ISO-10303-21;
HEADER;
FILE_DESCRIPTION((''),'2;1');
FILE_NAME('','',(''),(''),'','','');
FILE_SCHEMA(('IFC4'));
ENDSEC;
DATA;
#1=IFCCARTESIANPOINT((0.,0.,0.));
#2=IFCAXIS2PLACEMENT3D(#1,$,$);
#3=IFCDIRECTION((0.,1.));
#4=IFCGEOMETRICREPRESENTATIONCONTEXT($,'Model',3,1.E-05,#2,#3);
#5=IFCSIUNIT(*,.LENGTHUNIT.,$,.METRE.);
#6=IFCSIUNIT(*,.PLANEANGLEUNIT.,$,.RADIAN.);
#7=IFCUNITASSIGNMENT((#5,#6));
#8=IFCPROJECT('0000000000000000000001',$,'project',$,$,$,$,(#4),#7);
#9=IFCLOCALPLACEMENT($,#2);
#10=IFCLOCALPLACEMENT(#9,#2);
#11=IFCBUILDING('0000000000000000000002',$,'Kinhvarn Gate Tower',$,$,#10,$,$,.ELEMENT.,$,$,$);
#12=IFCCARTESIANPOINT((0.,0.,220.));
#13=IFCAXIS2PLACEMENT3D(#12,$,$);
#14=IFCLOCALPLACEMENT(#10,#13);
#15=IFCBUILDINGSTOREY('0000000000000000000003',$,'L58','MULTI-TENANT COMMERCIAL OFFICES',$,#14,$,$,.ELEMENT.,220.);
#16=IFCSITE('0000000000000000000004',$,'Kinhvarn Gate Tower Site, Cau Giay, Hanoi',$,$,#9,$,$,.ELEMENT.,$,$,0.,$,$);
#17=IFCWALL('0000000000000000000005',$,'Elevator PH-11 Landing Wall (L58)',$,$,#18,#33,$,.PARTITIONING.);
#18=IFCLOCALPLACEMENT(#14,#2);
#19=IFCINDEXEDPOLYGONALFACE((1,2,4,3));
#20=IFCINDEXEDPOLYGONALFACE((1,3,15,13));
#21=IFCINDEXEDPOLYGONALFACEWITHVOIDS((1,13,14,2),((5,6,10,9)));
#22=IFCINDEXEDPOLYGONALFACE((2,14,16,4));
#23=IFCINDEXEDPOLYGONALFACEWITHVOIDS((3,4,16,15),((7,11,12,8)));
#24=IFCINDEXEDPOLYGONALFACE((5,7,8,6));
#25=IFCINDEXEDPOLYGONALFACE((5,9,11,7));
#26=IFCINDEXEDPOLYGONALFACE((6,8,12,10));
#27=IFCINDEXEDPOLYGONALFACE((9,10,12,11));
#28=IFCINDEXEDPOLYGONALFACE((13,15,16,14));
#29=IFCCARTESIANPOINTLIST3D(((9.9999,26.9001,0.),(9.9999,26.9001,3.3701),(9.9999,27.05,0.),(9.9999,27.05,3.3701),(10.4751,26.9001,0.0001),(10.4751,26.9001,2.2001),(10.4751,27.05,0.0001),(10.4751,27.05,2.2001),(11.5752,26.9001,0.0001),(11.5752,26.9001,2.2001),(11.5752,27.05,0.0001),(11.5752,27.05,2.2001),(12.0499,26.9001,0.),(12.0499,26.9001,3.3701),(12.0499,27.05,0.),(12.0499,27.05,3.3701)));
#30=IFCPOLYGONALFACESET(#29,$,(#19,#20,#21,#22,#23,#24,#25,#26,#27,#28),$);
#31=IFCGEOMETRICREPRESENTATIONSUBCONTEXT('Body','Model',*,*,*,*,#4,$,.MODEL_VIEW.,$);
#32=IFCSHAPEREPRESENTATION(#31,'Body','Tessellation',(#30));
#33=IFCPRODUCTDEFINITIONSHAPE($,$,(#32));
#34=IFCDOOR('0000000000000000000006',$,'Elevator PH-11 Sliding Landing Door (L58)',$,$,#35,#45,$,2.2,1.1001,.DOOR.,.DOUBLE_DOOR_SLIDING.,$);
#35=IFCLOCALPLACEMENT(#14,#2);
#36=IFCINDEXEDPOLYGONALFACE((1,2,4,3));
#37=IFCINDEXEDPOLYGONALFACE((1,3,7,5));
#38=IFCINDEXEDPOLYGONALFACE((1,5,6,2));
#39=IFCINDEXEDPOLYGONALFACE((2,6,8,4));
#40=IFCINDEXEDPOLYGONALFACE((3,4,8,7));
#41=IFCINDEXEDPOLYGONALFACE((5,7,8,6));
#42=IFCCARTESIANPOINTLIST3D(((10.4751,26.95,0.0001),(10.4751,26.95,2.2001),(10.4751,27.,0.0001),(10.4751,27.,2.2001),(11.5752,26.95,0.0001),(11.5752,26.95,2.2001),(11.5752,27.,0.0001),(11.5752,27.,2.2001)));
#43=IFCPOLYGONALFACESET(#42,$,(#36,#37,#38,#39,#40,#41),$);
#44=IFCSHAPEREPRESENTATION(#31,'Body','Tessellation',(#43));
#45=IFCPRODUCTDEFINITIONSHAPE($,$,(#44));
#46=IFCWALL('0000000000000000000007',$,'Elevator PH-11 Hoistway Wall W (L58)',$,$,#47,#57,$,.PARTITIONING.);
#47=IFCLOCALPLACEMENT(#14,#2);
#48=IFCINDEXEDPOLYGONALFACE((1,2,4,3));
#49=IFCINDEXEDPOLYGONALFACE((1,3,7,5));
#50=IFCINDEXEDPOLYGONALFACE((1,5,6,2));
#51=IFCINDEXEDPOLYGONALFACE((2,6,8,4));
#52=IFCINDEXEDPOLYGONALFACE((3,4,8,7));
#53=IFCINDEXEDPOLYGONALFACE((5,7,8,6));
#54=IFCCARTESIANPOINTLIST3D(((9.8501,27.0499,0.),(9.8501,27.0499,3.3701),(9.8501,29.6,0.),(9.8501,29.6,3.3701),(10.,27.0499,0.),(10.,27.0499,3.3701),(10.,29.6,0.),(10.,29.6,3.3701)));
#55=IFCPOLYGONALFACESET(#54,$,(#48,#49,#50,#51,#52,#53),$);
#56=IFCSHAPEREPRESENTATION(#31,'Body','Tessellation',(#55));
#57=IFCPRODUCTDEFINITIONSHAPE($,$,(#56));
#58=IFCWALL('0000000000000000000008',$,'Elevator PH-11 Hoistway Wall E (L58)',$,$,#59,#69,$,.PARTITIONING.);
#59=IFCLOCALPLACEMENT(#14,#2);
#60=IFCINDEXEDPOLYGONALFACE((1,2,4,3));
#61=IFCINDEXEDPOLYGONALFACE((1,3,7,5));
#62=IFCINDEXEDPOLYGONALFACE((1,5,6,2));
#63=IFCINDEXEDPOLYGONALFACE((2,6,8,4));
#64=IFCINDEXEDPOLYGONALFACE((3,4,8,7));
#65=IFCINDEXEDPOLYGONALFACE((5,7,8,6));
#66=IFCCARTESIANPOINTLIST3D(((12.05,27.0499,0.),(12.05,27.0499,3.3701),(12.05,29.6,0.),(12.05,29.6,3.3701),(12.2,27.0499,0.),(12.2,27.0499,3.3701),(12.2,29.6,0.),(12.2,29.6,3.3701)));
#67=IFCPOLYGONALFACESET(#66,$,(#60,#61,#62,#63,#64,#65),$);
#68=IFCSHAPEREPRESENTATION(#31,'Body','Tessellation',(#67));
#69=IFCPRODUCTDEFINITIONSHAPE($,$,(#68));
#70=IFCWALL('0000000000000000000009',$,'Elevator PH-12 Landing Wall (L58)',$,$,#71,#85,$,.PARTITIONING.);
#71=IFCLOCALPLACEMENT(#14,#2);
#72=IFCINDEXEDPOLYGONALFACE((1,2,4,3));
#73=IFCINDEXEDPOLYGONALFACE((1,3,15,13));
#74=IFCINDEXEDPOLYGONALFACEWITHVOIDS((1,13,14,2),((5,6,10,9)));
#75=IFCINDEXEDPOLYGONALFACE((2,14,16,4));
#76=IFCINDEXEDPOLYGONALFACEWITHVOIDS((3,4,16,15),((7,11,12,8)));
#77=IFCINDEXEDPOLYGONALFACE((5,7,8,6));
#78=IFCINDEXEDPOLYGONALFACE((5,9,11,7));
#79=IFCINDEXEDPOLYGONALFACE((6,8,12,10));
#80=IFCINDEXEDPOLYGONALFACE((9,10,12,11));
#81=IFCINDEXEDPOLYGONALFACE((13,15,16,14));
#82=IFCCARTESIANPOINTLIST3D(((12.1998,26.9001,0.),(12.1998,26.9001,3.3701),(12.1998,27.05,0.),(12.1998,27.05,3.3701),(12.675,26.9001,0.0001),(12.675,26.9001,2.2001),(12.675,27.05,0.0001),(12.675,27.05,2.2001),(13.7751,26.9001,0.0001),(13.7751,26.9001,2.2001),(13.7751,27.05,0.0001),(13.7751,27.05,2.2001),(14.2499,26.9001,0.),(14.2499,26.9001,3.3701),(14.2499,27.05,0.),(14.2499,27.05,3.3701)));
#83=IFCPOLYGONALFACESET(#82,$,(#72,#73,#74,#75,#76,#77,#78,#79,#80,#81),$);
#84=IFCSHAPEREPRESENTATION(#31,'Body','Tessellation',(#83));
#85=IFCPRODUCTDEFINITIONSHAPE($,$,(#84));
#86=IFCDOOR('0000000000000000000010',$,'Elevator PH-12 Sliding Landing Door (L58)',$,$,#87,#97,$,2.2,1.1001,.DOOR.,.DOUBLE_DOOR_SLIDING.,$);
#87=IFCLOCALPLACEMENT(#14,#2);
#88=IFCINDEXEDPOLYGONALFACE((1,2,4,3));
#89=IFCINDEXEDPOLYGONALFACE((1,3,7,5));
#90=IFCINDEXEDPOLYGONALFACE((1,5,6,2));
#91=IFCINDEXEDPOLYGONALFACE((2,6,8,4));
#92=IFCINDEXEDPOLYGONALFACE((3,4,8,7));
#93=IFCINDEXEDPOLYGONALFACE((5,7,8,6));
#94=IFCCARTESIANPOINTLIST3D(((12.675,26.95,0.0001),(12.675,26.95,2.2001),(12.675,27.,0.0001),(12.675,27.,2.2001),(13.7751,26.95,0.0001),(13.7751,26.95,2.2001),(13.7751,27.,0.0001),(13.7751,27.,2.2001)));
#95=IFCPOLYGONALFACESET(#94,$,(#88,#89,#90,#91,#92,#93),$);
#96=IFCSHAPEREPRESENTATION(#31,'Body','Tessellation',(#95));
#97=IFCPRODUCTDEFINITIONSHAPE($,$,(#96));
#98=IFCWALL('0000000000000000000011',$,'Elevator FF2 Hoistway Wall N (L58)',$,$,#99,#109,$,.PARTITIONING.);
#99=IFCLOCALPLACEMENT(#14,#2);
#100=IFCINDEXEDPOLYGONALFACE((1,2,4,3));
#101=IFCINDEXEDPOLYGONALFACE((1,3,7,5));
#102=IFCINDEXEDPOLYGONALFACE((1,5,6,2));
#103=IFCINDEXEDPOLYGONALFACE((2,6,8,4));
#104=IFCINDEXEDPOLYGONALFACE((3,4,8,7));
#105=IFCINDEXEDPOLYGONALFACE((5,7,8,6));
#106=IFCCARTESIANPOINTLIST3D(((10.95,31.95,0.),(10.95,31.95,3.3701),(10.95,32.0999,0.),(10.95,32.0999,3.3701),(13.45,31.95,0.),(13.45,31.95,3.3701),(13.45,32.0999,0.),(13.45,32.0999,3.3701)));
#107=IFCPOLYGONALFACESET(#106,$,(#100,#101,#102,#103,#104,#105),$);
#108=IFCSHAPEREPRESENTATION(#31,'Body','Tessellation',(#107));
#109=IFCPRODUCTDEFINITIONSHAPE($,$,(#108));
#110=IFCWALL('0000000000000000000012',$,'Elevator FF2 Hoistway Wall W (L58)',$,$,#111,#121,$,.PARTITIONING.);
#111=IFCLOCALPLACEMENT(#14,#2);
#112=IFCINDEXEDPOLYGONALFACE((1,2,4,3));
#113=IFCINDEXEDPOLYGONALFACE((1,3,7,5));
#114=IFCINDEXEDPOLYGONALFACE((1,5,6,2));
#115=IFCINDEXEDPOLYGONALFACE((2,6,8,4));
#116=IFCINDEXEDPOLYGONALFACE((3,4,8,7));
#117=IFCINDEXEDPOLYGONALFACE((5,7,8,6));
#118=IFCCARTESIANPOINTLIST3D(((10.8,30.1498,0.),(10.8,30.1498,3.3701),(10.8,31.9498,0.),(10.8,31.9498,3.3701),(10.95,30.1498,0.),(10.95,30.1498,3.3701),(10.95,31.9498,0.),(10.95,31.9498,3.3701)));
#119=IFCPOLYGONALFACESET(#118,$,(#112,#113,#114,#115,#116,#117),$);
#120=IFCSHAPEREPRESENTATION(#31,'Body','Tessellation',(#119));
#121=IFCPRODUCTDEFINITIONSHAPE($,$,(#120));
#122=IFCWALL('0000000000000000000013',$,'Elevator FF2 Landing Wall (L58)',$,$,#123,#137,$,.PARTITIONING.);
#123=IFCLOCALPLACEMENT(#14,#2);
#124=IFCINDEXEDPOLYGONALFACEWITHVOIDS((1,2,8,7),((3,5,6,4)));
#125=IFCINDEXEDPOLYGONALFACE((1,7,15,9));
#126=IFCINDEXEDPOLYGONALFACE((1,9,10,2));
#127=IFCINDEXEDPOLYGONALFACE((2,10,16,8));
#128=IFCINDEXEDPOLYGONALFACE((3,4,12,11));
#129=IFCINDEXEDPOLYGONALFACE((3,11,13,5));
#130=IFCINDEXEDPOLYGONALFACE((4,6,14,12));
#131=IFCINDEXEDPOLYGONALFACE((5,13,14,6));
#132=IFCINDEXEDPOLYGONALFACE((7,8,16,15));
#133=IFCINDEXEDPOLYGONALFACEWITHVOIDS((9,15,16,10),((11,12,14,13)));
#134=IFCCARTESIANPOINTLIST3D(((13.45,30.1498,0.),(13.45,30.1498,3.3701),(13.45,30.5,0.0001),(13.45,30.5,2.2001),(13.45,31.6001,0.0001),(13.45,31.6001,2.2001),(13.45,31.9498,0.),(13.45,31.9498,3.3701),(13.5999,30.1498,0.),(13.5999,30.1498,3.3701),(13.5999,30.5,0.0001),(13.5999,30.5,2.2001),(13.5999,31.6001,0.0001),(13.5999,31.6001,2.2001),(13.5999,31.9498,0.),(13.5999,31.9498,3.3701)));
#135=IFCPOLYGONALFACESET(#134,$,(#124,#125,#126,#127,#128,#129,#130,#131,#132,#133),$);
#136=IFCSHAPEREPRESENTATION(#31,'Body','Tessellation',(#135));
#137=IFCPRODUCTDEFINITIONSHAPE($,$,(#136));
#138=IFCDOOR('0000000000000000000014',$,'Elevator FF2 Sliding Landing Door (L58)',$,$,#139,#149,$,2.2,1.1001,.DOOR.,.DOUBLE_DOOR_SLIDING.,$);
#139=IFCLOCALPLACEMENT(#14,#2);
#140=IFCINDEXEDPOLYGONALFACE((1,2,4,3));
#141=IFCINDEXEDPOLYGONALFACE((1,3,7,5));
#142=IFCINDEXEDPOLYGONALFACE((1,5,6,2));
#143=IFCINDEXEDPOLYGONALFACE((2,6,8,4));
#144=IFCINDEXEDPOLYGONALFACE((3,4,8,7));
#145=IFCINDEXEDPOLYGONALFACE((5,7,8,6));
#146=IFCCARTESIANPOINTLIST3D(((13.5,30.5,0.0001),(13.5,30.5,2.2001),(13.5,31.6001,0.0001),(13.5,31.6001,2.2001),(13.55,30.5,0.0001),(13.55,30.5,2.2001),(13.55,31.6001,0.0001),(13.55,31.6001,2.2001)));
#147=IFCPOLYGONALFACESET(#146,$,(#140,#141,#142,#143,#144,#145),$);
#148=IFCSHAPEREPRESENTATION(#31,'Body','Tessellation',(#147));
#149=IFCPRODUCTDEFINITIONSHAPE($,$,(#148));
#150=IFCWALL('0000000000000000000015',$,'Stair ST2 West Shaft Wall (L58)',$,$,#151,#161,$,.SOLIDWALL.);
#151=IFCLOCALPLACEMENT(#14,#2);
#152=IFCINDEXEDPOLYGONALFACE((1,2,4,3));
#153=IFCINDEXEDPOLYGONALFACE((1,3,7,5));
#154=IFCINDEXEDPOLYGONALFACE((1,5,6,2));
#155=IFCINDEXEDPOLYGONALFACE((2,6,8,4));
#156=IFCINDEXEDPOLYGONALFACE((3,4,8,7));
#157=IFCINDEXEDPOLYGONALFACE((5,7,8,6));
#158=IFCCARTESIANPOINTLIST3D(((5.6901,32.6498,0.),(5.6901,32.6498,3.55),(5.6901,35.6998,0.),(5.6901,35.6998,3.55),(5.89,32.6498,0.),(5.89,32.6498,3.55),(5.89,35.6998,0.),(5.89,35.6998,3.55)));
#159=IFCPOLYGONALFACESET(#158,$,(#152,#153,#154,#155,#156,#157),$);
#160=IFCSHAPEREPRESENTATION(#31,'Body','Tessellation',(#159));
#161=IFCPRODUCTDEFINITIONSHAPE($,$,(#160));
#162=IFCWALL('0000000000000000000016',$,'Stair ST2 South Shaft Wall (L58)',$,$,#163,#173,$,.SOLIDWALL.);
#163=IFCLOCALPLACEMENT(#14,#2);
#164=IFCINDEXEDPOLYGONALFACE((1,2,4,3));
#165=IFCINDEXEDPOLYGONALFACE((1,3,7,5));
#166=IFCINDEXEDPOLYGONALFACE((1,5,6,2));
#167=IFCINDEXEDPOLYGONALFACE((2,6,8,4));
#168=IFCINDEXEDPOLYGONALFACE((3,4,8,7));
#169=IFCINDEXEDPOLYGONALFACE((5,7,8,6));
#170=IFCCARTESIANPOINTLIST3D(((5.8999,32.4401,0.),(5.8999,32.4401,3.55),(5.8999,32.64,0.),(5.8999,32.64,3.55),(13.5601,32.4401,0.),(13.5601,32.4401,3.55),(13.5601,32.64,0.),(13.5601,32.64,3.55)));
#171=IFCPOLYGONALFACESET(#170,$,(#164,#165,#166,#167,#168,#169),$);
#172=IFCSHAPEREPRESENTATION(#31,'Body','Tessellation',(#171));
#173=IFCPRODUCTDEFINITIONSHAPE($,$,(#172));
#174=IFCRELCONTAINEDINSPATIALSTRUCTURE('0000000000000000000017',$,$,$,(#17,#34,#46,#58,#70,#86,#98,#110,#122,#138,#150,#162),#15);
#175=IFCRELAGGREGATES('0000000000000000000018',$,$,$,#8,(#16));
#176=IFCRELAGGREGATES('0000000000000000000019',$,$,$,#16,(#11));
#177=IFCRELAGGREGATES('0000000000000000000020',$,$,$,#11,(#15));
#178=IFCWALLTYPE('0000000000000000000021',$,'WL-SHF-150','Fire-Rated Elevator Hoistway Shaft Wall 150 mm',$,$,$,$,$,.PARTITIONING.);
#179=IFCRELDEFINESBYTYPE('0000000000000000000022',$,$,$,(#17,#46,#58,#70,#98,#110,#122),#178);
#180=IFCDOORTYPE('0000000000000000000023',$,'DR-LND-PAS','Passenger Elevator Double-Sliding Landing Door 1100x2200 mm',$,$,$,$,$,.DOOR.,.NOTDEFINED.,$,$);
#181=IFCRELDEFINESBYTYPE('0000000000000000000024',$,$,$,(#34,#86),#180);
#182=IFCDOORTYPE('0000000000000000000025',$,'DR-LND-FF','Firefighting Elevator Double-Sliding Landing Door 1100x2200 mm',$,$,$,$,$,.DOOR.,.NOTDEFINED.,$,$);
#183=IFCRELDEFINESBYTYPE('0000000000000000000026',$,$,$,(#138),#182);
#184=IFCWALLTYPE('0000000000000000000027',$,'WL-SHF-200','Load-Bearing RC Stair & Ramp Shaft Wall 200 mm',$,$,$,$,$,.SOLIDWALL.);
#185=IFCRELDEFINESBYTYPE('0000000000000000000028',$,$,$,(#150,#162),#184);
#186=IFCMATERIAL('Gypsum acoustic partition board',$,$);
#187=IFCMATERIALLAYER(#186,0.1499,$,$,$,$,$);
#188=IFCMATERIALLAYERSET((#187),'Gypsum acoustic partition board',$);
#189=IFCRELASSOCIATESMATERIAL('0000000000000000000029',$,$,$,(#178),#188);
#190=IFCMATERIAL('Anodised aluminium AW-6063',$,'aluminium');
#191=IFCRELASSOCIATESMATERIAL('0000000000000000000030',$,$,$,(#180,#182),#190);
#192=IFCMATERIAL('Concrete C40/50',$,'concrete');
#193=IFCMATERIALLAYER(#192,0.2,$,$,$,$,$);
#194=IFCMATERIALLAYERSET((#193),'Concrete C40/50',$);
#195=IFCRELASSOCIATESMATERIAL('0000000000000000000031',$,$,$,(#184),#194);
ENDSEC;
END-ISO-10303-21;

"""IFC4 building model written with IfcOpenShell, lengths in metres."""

from ifc_helpers import new_model, si_unit, direction, frame, frame_2d, origin, place, context, subcontext, project, spatial, rectangle, extrude, material, layer, layer_set, type_object, element, fill, save


model = new_model("IFC4")

# Units and contexts
model_context = context("Model", 3, precision=1e-05, world=origin(), true_north=direction((0.0, 1.0)))
body_context = subcontext(model_context, "Body", "Model", "MODEL_VIEW")
ifc_project = project(units=[si_unit("LENGTHUNIT", "METRE"), si_unit("PLANEANGLEUNIT", "RADIAN")], contexts=[model_context])

# Site, building, storey
site_placement = place(None, origin())
site = spatial("IfcSite", under=ifc_project, at=site_placement, Name="Kinhvarn Gate Tower Site, Cau Giay, Hanoi", CompositionType="ELEMENT", RefElevation=0.0)
building_placement = place(site_placement, origin())
building = spatial("IfcBuilding", under=site, at=building_placement, Name="Kinhvarn Gate Tower", CompositionType="ELEMENT")
storey_placement = place(building_placement, frame((0.0, 0.0, 220.0)))
storey = spatial("IfcBuildingStorey", under=building, at=storey_placement, Name="L58", Description="MULTI-TENANT COMMERCIAL OFFICES", CompositionType="ELEMENT", Elevation=220.0)

# Shared definitions
ifc_material_1 = material(Name="Gypsum acoustic partition board")

# Shared definitions
ifc_material_2 = material(Name="Anodised aluminium AW-6063", Category="aluminium")

# Shared definitions
ifc_layer_1 = layer(ifc_material_1, 0.1499)
ifc_layer_set_1 = layer_set([ifc_layer_1], Name="Gypsum acoustic partition board")
wall_type_1 = type_object("IfcWallType", Name="WL-SHF-150", Description="Fire-Rated Elevator Hoistway Shaft Wall 150 mm", PredefinedType="PARTITIONING", material=ifc_layer_set_1)
door_type_1 = type_object("IfcDoorType", Name="DR-LND-PAS", Description="Passenger Elevator Double-Sliding Landing Door 1100x2200 mm", OperationType="NOTDEFINED", PredefinedType="DOOR", material=ifc_material_2)

# Wall, opening, door
wall_1_placement = place(storey_placement, frame((10.0, 26.9751, 0.0), z_axis=(0.0, 0.0, 1.0), x_axis=(1.0, 0.0, 0.0)))
wall_1 = element("IfcWall", 1, at=wall_1_placement, inside=storey, type_object=wall_type_1, Name="Elevator PH-11 Landing Wall (L58)", PredefinedType="PARTITIONING", context=body_context, shape_type="SweptSolid", body=[
    extrude(rectangle(XDim=2.05, YDim=0.1499, at=frame_2d((1.0249, 0.0))), origin(), (0.0, 0.0, 1.0), 3.3701),
])
opening_1_placement = place(wall_1_placement, frame((0.4751, 0.0, 0.0)))
opening_1 = element("IfcOpeningElement", 2, at=opening_1_placement, cuts=wall_1, PredefinedType="OPENING", context=body_context, shape_type="SweptSolid", body=[
    extrude(rectangle(XDim=1.1001, YDim=2.2, at=frame_2d((0.55, 1.1001))), frame((0.0, 0.085, 0.0), z_axis=(0.0, -1.0, 0.0), x_axis=(1.0, 0.0, 0.0)), (0.0, 0.0, 1.0), 0.1699),
])
door_1_placement = place(opening_1_placement, origin())
door_1 = element("IfcDoor", 3, at=door_1_placement, inside=storey, type_object=door_type_1, Name="Elevator PH-11 Sliding Landing Door (L58)", OperationType="DOUBLE_DOOR_SLIDING", OverallHeight=2.2, OverallWidth=1.1001, PredefinedType="DOOR", context=body_context, shape_type="SweptSolid", body=[
    extrude(rectangle(XDim=1.1001, YDim=2.2, at=frame_2d((0.55, 1.1001))), frame((0.0, 0.0249, 0.0), z_axis=(0.0, -1.0, 0.0), x_axis=(1.0, 0.0, 0.0)), (0.0, 0.0, 1.0), 0.05),
])
fill(opening_1, door_1)

# Walls
for number, where, z_axis, x_axis, name in (
    (4, (9.925, 27.05, 0.0), (0.0, 0.0, 1.0), (0.0, 1.0, 0.0), "Elevator PH-11 Hoistway Wall W (L58)"),
    (5, (12.125, 27.05, 0.0), (0.0, 0.0, 1.0), (0.0, 1.0, 0.0), "Elevator PH-11 Hoistway Wall E (L58)"),
):
    element("IfcWall", number, at=place(storey_placement, frame(where, z_axis=z_axis, x_axis=x_axis)), inside=storey, type_object=wall_type_1, Name=name, PredefinedType="PARTITIONING", context=body_context, shape_type="SweptSolid", body=[
        extrude(rectangle(XDim=2.55, YDim=0.1499, at=frame_2d((1.2749, 0.0))), origin(), (0.0, 0.0, 1.0), 3.3701),
    ])

# Wall, opening, door
wall_2_placement = place(storey_placement, frame((12.2, 26.9751, 0.0), z_axis=(0.0, 0.0, 1.0), x_axis=(1.0, 0.0, 0.0)))
wall_2 = element("IfcWall", 6, at=wall_2_placement, inside=storey, type_object=wall_type_1, Name="Elevator PH-12 Landing Wall (L58)", PredefinedType="PARTITIONING", context=body_context, shape_type="SweptSolid", body=[
    extrude(rectangle(XDim=2.05, YDim=0.1499, at=frame_2d((1.0249, 0.0))), origin(), (0.0, 0.0, 1.0), 3.3701),
])
opening_2_placement = place(wall_2_placement, frame((0.4751, 0.0, 0.0)))
opening_2 = element("IfcOpeningElement", 7, at=opening_2_placement, cuts=wall_2, PredefinedType="OPENING", context=body_context, shape_type="SweptSolid", body=[
    extrude(rectangle(XDim=1.1001, YDim=2.2, at=frame_2d((0.55, 1.1001))), frame((0.0, 0.085, 0.0), z_axis=(0.0, -1.0, 0.0), x_axis=(1.0, 0.0, 0.0)), (0.0, 0.0, 1.0), 0.1699),
])
door_2_placement = place(opening_2_placement, origin())
door_2 = element("IfcDoor", 8, at=door_2_placement, inside=storey, type_object=door_type_1, Name="Elevator PH-12 Sliding Landing Door (L58)", OperationType="DOUBLE_DOOR_SLIDING", OverallHeight=2.2, OverallWidth=1.1001, PredefinedType="DOOR", context=body_context, shape_type="SweptSolid", body=[
    extrude(rectangle(XDim=1.1001, YDim=2.2, at=frame_2d((0.55, 1.1001))), frame((0.0, 0.0249, 0.0), z_axis=(0.0, -1.0, 0.0), x_axis=(1.0, 0.0, 0.0)), (0.0, 0.0, 1.0), 0.05),
])
fill(opening_2, door_2)

# Walls
wall_3_placement = place(storey_placement, frame((10.95, 32.0249, 0.0), z_axis=(0.0, 0.0, 1.0), x_axis=(1.0, 0.0, 0.0)))
element("IfcWall", 9, at=wall_3_placement, inside=storey, type_object=wall_type_1, Name="Elevator FF2 Hoistway Wall N (L58)", PredefinedType="PARTITIONING", context=body_context, shape_type="SweptSolid", body=[
    extrude(rectangle(XDim=2.5, YDim=0.1499, at=frame_2d((1.25, 0.0))), origin(), (0.0, 0.0, 1.0), 3.3701),
])
wall_4_placement = place(storey_placement, frame((10.875, 30.1499, 0.0), z_axis=(0.0, 0.0, 1.0), x_axis=(0.0, 1.0, 0.0)))
element("IfcWall", 10, at=wall_4_placement, inside=storey, type_object=wall_type_1, Name="Elevator FF2 Hoistway Wall W (L58)", PredefinedType="PARTITIONING", context=body_context, shape_type="SweptSolid", body=[
    extrude(rectangle(XDim=1.8, YDim=0.1499, at=frame_2d((0.8999, 0.0))), origin(), (0.0, 0.0, 1.0), 3.3701),
])

# Wall, opening, door
wall_5_placement = place(storey_placement, frame((13.5249, 30.1499, 0.0), z_axis=(0.0, 0.0, 1.0), x_axis=(0.0, 1.0, 0.0)))
wall_5 = element("IfcWall", 11, at=wall_5_placement, inside=storey, type_object=wall_type_1, Name="Elevator FF2 Landing Wall (L58)", PredefinedType="PARTITIONING", context=body_context, shape_type="SweptSolid", body=[
    extrude(rectangle(XDim=1.8, YDim=0.1499, at=frame_2d((0.8999, 0.0))), origin(), (0.0, 0.0, 1.0), 3.3701),
])
opening_3_placement = place(wall_5_placement, frame((0.3501, 0.0, 0.0)))
opening_3 = element("IfcOpeningElement", 12, at=opening_3_placement, cuts=wall_5, PredefinedType="OPENING", context=body_context, shape_type="SweptSolid", body=[
    extrude(rectangle(XDim=1.1001, YDim=2.2, at=frame_2d((0.55, 1.1001))), frame((0.0, 0.085, 0.0), z_axis=(0.0, -1.0, 0.0), x_axis=(1.0, 0.0, 0.0)), (0.0, 0.0, 1.0), 0.1699),
])
door_type_2 = type_object("IfcDoorType", Name="DR-LND-FF", Description="Firefighting Elevator Double-Sliding Landing Door 1100x2200 mm", OperationType="NOTDEFINED", PredefinedType="DOOR", material=ifc_material_2)
door_3_placement = place(opening_3_placement, origin())
door_3 = element("IfcDoor", 13, at=door_3_placement, inside=storey, type_object=door_type_2, Name="Elevator FF2 Sliding Landing Door (L58)", OperationType="DOUBLE_DOOR_SLIDING", OverallHeight=2.2, OverallWidth=1.1001, PredefinedType="DOOR", context=body_context, shape_type="SweptSolid", body=[
    extrude(rectangle(XDim=1.1001, YDim=2.2, at=frame_2d((0.55, 1.1001))), frame((0.0, 0.0249, 0.0), z_axis=(0.0, -1.0, 0.0), x_axis=(1.0, 0.0, 0.0)), (0.0, 0.0, 1.0), 0.05),
])
fill(opening_3, door_3)

# Walls
ifc_material_3 = material(Name="Concrete C40/50", Category="concrete")
ifc_layer_2 = layer(ifc_material_3, 0.2)
ifc_layer_set_2 = layer_set([ifc_layer_2], Name="Concrete C40/50")
wall_type_2 = type_object("IfcWallType", Name="WL-SHF-200", Description="Load-Bearing RC Stair & Ramp Shaft Wall 200 mm", PredefinedType="SOLIDWALL", material=ifc_layer_set_2)
wall_6_placement = place(storey_placement, frame((5.79, 32.6499, 0.0), z_axis=(0.0, 0.0, 1.0), x_axis=(0.0, 1.0, 0.0)))
element("IfcWall", 14, at=wall_6_placement, inside=storey, type_object=wall_type_2, Name="Stair ST2 West Shaft Wall (L58)", PredefinedType="SOLIDWALL", context=body_context, shape_type="SweptSolid", body=[
    extrude(rectangle(XDim=3.05, YDim=0.2, at=frame_2d((1.5249, 0.0))), origin(), (0.0, 0.0, 1.0), 3.55),
])
wall_7_placement = place(storey_placement, frame((5.8999, 32.54, 0.0), z_axis=(0.0, 0.0, 1.0), x_axis=(1.0, 0.0, 0.0)))
element("IfcWall", 15, at=wall_7_placement, inside=storey, type_object=wall_type_2, Name="Stair ST2 South Shaft Wall (L58)", PredefinedType="SOLIDWALL", context=body_context, shape_type="SweptSolid", body=[
    extrude(rectangle(XDim=7.6602, YDim=0.2, at=frame_2d((3.8301, 0.0))), origin(), (0.0, 0.0, 1.0), 3.55),
])

save(model, "model.ifc")
